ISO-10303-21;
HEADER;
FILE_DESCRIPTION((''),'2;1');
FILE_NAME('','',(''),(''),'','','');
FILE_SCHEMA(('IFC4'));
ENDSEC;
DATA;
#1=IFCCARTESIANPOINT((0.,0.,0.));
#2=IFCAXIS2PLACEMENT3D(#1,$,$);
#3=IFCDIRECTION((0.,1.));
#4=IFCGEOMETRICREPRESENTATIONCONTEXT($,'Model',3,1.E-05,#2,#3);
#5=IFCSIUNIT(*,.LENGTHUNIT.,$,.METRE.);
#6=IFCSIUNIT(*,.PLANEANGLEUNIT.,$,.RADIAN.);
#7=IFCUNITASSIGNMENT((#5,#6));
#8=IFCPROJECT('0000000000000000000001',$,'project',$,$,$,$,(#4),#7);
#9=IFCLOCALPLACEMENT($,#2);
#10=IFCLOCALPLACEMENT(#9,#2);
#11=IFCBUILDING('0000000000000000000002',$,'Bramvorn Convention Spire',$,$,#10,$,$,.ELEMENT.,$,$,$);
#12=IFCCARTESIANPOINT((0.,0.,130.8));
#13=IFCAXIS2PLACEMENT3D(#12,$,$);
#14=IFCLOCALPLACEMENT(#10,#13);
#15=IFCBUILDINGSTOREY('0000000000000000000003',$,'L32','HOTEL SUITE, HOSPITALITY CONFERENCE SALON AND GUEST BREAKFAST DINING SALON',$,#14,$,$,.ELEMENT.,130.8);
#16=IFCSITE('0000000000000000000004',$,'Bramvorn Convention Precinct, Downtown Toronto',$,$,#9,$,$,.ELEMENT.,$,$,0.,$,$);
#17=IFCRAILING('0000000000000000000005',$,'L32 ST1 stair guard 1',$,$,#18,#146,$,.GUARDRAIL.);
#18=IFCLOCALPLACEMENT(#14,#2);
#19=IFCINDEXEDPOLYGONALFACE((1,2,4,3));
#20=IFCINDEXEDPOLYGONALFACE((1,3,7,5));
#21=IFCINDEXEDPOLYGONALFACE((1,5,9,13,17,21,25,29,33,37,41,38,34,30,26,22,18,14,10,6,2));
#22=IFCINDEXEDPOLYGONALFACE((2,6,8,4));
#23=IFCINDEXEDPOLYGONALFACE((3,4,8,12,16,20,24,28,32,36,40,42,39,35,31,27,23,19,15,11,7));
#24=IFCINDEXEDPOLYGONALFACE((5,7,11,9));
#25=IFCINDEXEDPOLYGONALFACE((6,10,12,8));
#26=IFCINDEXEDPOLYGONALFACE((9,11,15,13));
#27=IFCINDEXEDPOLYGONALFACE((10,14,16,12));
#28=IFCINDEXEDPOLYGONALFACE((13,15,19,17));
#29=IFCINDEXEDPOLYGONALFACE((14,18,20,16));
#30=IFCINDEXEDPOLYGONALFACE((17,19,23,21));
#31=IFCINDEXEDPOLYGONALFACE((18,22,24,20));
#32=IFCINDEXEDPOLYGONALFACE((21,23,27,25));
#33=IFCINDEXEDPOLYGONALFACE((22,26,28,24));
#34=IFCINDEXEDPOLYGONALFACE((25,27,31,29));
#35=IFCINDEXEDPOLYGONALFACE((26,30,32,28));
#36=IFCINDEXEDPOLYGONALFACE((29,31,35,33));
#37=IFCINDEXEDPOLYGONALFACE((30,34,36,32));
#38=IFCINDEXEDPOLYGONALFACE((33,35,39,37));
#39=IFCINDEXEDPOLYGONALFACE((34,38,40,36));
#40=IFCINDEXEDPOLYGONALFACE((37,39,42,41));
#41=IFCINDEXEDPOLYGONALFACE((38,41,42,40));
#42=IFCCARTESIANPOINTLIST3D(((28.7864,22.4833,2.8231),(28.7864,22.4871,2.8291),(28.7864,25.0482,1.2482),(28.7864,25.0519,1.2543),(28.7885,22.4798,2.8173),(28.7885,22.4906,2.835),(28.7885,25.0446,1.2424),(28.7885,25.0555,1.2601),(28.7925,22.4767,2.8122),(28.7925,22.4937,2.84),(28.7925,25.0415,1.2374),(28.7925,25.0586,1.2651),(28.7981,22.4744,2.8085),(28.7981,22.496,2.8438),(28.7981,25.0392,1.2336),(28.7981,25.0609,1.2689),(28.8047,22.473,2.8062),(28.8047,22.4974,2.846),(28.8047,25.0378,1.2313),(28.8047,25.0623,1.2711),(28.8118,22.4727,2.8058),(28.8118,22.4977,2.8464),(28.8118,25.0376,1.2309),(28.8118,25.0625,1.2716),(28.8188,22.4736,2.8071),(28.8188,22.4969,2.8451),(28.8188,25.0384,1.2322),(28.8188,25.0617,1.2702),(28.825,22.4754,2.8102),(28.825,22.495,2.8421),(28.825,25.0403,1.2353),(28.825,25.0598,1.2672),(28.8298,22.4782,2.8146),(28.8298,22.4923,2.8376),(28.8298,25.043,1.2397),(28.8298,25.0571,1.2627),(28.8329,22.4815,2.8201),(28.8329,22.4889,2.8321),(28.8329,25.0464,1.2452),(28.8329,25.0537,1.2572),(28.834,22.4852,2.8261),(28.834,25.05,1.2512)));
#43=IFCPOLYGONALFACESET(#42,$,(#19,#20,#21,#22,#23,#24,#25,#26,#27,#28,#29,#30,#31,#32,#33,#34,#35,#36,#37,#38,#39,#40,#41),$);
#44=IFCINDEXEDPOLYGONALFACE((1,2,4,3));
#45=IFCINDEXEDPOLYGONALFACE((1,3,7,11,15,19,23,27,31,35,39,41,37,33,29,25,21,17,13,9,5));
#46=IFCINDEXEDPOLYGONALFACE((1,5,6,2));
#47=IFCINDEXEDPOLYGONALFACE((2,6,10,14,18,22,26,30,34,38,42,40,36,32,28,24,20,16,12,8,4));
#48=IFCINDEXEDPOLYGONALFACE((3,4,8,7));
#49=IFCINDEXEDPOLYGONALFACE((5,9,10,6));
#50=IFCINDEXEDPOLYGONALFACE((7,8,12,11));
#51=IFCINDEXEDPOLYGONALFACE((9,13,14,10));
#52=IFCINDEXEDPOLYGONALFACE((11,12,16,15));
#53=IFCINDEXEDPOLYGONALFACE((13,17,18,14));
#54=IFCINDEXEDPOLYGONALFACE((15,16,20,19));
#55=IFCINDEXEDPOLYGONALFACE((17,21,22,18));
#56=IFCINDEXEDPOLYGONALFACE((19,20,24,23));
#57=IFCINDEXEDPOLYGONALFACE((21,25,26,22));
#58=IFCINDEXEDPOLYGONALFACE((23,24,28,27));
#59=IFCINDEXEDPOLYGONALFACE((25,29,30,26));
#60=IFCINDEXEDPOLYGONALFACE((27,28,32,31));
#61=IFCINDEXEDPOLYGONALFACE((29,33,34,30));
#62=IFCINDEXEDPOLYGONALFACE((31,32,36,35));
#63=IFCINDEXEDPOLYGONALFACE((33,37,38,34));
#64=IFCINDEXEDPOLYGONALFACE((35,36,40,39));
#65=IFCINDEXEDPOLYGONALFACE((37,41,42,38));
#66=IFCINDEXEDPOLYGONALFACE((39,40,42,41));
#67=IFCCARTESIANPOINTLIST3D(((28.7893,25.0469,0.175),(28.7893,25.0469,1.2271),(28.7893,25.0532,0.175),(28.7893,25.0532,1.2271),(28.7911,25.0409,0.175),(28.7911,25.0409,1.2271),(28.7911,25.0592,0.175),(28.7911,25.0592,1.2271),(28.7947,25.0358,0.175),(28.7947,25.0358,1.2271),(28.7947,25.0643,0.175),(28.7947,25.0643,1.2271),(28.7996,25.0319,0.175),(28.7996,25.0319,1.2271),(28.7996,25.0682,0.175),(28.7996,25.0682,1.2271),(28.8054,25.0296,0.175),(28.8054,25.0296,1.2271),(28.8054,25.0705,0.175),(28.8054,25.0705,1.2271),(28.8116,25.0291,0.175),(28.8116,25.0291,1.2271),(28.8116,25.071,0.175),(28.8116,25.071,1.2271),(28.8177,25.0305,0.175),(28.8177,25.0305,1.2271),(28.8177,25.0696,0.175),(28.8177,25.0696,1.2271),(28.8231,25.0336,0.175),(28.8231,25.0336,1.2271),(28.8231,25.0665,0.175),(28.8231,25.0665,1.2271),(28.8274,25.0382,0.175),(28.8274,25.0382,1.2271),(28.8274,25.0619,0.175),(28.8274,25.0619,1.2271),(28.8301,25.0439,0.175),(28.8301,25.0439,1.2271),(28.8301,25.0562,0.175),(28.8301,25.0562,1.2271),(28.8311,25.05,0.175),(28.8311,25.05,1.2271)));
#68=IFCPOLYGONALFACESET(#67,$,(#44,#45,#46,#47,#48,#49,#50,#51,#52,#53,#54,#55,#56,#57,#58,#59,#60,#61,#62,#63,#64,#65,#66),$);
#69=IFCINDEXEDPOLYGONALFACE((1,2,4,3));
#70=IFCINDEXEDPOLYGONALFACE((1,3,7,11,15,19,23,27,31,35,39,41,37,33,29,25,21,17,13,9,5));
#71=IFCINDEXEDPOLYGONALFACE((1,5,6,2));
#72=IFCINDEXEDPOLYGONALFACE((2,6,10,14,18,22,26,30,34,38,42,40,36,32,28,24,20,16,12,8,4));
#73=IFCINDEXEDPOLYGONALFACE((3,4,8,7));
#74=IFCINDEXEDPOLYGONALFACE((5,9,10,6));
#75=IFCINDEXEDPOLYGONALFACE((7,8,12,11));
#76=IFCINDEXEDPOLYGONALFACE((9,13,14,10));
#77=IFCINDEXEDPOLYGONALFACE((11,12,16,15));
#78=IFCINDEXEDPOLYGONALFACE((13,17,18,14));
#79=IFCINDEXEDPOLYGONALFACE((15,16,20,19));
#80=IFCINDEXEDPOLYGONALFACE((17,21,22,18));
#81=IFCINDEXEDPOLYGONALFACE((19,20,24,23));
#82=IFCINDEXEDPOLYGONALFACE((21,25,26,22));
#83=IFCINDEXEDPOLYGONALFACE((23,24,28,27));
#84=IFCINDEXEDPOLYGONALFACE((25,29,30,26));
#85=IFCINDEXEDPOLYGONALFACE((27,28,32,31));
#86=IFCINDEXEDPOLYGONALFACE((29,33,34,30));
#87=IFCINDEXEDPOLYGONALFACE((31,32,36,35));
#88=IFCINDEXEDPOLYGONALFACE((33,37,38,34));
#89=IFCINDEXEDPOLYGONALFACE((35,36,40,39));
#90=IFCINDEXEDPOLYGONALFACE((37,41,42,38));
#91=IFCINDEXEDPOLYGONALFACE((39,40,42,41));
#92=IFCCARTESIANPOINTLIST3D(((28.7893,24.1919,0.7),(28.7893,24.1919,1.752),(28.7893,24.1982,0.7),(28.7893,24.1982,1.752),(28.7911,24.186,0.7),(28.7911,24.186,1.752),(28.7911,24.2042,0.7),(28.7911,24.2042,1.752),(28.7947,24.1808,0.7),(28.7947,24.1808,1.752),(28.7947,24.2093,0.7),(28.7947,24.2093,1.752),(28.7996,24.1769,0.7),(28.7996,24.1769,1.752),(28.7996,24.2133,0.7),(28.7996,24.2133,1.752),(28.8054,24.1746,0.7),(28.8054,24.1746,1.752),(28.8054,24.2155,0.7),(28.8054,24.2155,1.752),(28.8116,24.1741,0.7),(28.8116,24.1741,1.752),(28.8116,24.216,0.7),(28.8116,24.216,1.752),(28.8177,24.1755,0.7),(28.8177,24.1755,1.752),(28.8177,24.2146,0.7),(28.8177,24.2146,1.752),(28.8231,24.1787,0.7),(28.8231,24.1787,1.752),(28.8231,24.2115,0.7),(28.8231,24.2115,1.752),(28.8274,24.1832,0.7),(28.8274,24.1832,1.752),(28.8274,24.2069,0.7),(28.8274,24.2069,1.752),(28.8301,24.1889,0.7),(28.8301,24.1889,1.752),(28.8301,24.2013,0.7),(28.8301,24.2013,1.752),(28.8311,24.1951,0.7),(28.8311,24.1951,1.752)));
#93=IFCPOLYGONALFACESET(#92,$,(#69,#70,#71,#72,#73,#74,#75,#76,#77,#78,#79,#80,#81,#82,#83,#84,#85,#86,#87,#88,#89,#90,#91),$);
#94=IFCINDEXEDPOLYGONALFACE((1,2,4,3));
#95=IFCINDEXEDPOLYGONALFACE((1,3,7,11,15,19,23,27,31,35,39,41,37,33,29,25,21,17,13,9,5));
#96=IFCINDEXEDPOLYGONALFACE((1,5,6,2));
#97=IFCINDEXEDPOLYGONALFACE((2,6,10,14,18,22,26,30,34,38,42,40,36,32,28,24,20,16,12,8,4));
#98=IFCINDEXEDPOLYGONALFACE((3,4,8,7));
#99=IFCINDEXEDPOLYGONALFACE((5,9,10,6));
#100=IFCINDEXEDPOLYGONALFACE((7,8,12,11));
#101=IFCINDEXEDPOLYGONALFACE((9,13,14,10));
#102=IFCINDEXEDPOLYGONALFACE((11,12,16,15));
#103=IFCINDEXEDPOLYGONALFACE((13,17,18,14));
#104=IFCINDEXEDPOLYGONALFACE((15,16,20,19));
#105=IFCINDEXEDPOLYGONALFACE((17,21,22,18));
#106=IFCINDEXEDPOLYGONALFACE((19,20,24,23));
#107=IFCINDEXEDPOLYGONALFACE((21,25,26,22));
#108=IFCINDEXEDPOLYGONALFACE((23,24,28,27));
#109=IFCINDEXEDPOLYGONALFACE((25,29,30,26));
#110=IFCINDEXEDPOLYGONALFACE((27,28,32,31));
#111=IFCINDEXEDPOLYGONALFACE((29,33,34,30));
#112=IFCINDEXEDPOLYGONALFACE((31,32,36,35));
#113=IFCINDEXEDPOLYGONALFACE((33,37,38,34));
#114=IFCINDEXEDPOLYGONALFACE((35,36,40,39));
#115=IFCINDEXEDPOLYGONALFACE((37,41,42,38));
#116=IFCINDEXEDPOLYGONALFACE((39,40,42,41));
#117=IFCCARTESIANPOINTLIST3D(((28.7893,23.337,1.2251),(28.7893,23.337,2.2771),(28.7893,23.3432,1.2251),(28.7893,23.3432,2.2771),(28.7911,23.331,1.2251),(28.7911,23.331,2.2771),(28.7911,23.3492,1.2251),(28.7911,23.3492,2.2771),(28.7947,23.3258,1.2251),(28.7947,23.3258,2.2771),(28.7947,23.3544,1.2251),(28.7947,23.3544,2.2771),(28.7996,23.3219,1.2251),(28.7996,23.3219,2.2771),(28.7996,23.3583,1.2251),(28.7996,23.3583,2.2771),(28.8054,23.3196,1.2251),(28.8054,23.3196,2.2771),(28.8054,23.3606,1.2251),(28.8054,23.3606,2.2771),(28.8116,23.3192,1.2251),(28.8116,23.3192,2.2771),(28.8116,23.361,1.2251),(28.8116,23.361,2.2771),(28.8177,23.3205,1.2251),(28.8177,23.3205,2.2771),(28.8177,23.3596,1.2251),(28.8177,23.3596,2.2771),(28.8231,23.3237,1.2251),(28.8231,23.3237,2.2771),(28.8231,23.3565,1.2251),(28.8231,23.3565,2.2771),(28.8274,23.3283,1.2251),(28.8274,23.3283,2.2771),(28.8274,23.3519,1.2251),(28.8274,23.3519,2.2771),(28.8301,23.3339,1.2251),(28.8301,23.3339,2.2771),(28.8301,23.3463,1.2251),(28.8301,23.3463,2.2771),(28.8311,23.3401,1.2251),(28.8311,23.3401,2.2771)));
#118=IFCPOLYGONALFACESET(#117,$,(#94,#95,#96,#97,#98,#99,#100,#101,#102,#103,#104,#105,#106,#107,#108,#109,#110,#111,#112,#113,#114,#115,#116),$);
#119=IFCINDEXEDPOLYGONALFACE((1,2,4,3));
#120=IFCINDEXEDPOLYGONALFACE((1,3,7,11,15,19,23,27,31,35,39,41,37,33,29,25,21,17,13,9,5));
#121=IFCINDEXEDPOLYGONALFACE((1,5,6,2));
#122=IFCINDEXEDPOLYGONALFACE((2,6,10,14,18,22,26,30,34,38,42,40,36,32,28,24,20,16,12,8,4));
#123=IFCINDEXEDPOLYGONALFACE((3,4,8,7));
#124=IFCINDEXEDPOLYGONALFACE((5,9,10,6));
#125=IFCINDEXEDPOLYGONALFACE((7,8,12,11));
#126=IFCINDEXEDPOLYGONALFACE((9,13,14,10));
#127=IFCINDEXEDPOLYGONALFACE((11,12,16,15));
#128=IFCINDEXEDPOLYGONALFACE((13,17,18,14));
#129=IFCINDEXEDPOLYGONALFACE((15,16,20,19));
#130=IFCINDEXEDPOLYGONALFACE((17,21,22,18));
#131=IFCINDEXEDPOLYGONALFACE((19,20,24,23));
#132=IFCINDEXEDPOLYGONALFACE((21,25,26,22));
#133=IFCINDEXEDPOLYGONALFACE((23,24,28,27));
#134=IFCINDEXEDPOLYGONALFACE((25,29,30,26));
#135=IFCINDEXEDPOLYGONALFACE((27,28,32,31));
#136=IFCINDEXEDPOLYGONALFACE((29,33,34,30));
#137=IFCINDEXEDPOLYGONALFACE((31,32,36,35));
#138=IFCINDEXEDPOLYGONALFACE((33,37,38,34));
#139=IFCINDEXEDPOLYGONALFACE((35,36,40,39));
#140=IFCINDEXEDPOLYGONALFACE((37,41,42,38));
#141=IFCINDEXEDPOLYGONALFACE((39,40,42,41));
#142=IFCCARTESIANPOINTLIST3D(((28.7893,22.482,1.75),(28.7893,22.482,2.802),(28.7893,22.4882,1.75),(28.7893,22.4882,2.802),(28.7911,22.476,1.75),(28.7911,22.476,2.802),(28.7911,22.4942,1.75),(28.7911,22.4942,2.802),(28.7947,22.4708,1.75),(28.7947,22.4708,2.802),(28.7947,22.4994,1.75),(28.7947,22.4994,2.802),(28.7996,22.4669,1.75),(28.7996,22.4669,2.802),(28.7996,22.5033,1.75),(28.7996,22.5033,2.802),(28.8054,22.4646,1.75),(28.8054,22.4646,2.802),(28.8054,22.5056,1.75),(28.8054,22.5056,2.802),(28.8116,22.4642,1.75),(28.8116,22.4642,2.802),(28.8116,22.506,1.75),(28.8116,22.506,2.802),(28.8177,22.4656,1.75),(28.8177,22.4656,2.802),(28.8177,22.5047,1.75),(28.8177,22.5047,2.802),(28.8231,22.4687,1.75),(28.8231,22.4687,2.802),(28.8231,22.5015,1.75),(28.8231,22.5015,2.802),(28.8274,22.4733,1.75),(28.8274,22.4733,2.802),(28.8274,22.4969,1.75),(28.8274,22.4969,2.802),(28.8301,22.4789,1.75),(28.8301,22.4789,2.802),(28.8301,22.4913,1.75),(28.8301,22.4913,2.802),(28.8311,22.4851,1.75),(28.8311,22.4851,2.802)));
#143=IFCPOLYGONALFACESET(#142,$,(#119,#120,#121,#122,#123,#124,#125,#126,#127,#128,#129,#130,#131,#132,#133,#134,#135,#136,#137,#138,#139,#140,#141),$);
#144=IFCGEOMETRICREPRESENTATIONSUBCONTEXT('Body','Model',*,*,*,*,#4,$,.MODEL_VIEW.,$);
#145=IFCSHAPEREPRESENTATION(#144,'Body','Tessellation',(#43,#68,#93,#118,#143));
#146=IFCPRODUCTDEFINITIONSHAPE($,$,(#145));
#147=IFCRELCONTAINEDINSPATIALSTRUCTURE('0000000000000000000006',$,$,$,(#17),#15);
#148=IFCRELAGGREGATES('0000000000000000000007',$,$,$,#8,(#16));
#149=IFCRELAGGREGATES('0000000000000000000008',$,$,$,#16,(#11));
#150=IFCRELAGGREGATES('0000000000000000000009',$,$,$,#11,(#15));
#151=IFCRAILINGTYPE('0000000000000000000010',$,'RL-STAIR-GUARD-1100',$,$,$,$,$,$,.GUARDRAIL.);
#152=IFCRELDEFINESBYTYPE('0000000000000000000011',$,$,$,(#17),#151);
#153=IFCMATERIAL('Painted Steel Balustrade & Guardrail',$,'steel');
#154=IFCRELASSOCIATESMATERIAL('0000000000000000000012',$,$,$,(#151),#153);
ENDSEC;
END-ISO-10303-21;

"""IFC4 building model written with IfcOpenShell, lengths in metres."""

from ifc_helpers import new_model, si_unit, direction, frame, origin, origin_2d, place, context, subcontext, project, spatial, circle, extrude, material, type_object, element, save


model = new_model("IFC4")

# Units and contexts
model_context = context("Model", 3, precision=1e-05, world=origin(), true_north=direction((0.0, 1.0)))
body_context = subcontext(model_context, "Body", "Model", "MODEL_VIEW")
ifc_project = project(units=[si_unit("LENGTHUNIT", "METRE"), si_unit("PLANEANGLEUNIT", "RADIAN")], contexts=[model_context])

# Site, building, storey
site_placement = place(None, origin())
site = spatial("IfcSite", under=ifc_project, at=site_placement, Name="Bramvorn Convention Precinct, Downtown Toronto", CompositionType="ELEMENT", RefElevation=0.0)
building_placement = place(site_placement, origin())
building = spatial("IfcBuilding", under=site, at=building_placement, Name="Bramvorn Convention Spire", CompositionType="ELEMENT")
storey_placement = place(building_placement, frame((0.0, 0.0, 130.8)))
storey = spatial("IfcBuildingStorey", under=building, at=storey_placement, Name="L32", Description="HOTEL SUITE, HOSPITALITY CONFERENCE SALON AND GUEST BREAKFAST DINING SALON", CompositionType="ELEMENT", Elevation=130.8)

# Railing
ifc_material_1 = material(Name="Painted Steel Balustrade & Guardrail", Category="steel")
railing_type_1 = type_object("IfcRailingType", Name="RL-STAIR-GUARD-1100", PredefinedType="GUARDRAIL", material=ifc_material_1)
railing_1_placement = place(storey_placement, frame((28.8101, 25.05, 0.175)))
element("IfcRailing", 1, at=railing_1_placement, inside=storey, type_object=railing_type_1, Name="L32 ST1 stair guard 1", PredefinedType="GUARDRAIL", context=body_context, shape_type="SweptSolid", body=[
    extrude(circle(Radius=0.0239, at=origin_2d()), frame((0.0, 0.0, 1.0762), z_axis=(0.0, -0.852173, 0.52326), x_axis=(1.0, 0.0, 0.0)), (0.0, 0.0, 1.0), 3.0098),
    extrude(circle(Radius=0.021, at=origin_2d()), origin(), (0.0, 0.0, 1.0), 1.052),
    extrude(circle(Radius=0.021, at=origin_2d()), frame((0.0, -0.855, 0.5249)), (0.0, 0.0, 1.0), 1.052),
    extrude(circle(Radius=0.021, at=origin_2d()), frame((0.0, -1.71, 1.05)), (0.0, 0.0, 1.0), 1.052),
    extrude(circle(Radius=0.021, at=origin_2d()), frame((0.0, -2.5649, 1.575)), (0.0, 0.0, 1.0), 1.052),
])

save(model, "model.ifc")
